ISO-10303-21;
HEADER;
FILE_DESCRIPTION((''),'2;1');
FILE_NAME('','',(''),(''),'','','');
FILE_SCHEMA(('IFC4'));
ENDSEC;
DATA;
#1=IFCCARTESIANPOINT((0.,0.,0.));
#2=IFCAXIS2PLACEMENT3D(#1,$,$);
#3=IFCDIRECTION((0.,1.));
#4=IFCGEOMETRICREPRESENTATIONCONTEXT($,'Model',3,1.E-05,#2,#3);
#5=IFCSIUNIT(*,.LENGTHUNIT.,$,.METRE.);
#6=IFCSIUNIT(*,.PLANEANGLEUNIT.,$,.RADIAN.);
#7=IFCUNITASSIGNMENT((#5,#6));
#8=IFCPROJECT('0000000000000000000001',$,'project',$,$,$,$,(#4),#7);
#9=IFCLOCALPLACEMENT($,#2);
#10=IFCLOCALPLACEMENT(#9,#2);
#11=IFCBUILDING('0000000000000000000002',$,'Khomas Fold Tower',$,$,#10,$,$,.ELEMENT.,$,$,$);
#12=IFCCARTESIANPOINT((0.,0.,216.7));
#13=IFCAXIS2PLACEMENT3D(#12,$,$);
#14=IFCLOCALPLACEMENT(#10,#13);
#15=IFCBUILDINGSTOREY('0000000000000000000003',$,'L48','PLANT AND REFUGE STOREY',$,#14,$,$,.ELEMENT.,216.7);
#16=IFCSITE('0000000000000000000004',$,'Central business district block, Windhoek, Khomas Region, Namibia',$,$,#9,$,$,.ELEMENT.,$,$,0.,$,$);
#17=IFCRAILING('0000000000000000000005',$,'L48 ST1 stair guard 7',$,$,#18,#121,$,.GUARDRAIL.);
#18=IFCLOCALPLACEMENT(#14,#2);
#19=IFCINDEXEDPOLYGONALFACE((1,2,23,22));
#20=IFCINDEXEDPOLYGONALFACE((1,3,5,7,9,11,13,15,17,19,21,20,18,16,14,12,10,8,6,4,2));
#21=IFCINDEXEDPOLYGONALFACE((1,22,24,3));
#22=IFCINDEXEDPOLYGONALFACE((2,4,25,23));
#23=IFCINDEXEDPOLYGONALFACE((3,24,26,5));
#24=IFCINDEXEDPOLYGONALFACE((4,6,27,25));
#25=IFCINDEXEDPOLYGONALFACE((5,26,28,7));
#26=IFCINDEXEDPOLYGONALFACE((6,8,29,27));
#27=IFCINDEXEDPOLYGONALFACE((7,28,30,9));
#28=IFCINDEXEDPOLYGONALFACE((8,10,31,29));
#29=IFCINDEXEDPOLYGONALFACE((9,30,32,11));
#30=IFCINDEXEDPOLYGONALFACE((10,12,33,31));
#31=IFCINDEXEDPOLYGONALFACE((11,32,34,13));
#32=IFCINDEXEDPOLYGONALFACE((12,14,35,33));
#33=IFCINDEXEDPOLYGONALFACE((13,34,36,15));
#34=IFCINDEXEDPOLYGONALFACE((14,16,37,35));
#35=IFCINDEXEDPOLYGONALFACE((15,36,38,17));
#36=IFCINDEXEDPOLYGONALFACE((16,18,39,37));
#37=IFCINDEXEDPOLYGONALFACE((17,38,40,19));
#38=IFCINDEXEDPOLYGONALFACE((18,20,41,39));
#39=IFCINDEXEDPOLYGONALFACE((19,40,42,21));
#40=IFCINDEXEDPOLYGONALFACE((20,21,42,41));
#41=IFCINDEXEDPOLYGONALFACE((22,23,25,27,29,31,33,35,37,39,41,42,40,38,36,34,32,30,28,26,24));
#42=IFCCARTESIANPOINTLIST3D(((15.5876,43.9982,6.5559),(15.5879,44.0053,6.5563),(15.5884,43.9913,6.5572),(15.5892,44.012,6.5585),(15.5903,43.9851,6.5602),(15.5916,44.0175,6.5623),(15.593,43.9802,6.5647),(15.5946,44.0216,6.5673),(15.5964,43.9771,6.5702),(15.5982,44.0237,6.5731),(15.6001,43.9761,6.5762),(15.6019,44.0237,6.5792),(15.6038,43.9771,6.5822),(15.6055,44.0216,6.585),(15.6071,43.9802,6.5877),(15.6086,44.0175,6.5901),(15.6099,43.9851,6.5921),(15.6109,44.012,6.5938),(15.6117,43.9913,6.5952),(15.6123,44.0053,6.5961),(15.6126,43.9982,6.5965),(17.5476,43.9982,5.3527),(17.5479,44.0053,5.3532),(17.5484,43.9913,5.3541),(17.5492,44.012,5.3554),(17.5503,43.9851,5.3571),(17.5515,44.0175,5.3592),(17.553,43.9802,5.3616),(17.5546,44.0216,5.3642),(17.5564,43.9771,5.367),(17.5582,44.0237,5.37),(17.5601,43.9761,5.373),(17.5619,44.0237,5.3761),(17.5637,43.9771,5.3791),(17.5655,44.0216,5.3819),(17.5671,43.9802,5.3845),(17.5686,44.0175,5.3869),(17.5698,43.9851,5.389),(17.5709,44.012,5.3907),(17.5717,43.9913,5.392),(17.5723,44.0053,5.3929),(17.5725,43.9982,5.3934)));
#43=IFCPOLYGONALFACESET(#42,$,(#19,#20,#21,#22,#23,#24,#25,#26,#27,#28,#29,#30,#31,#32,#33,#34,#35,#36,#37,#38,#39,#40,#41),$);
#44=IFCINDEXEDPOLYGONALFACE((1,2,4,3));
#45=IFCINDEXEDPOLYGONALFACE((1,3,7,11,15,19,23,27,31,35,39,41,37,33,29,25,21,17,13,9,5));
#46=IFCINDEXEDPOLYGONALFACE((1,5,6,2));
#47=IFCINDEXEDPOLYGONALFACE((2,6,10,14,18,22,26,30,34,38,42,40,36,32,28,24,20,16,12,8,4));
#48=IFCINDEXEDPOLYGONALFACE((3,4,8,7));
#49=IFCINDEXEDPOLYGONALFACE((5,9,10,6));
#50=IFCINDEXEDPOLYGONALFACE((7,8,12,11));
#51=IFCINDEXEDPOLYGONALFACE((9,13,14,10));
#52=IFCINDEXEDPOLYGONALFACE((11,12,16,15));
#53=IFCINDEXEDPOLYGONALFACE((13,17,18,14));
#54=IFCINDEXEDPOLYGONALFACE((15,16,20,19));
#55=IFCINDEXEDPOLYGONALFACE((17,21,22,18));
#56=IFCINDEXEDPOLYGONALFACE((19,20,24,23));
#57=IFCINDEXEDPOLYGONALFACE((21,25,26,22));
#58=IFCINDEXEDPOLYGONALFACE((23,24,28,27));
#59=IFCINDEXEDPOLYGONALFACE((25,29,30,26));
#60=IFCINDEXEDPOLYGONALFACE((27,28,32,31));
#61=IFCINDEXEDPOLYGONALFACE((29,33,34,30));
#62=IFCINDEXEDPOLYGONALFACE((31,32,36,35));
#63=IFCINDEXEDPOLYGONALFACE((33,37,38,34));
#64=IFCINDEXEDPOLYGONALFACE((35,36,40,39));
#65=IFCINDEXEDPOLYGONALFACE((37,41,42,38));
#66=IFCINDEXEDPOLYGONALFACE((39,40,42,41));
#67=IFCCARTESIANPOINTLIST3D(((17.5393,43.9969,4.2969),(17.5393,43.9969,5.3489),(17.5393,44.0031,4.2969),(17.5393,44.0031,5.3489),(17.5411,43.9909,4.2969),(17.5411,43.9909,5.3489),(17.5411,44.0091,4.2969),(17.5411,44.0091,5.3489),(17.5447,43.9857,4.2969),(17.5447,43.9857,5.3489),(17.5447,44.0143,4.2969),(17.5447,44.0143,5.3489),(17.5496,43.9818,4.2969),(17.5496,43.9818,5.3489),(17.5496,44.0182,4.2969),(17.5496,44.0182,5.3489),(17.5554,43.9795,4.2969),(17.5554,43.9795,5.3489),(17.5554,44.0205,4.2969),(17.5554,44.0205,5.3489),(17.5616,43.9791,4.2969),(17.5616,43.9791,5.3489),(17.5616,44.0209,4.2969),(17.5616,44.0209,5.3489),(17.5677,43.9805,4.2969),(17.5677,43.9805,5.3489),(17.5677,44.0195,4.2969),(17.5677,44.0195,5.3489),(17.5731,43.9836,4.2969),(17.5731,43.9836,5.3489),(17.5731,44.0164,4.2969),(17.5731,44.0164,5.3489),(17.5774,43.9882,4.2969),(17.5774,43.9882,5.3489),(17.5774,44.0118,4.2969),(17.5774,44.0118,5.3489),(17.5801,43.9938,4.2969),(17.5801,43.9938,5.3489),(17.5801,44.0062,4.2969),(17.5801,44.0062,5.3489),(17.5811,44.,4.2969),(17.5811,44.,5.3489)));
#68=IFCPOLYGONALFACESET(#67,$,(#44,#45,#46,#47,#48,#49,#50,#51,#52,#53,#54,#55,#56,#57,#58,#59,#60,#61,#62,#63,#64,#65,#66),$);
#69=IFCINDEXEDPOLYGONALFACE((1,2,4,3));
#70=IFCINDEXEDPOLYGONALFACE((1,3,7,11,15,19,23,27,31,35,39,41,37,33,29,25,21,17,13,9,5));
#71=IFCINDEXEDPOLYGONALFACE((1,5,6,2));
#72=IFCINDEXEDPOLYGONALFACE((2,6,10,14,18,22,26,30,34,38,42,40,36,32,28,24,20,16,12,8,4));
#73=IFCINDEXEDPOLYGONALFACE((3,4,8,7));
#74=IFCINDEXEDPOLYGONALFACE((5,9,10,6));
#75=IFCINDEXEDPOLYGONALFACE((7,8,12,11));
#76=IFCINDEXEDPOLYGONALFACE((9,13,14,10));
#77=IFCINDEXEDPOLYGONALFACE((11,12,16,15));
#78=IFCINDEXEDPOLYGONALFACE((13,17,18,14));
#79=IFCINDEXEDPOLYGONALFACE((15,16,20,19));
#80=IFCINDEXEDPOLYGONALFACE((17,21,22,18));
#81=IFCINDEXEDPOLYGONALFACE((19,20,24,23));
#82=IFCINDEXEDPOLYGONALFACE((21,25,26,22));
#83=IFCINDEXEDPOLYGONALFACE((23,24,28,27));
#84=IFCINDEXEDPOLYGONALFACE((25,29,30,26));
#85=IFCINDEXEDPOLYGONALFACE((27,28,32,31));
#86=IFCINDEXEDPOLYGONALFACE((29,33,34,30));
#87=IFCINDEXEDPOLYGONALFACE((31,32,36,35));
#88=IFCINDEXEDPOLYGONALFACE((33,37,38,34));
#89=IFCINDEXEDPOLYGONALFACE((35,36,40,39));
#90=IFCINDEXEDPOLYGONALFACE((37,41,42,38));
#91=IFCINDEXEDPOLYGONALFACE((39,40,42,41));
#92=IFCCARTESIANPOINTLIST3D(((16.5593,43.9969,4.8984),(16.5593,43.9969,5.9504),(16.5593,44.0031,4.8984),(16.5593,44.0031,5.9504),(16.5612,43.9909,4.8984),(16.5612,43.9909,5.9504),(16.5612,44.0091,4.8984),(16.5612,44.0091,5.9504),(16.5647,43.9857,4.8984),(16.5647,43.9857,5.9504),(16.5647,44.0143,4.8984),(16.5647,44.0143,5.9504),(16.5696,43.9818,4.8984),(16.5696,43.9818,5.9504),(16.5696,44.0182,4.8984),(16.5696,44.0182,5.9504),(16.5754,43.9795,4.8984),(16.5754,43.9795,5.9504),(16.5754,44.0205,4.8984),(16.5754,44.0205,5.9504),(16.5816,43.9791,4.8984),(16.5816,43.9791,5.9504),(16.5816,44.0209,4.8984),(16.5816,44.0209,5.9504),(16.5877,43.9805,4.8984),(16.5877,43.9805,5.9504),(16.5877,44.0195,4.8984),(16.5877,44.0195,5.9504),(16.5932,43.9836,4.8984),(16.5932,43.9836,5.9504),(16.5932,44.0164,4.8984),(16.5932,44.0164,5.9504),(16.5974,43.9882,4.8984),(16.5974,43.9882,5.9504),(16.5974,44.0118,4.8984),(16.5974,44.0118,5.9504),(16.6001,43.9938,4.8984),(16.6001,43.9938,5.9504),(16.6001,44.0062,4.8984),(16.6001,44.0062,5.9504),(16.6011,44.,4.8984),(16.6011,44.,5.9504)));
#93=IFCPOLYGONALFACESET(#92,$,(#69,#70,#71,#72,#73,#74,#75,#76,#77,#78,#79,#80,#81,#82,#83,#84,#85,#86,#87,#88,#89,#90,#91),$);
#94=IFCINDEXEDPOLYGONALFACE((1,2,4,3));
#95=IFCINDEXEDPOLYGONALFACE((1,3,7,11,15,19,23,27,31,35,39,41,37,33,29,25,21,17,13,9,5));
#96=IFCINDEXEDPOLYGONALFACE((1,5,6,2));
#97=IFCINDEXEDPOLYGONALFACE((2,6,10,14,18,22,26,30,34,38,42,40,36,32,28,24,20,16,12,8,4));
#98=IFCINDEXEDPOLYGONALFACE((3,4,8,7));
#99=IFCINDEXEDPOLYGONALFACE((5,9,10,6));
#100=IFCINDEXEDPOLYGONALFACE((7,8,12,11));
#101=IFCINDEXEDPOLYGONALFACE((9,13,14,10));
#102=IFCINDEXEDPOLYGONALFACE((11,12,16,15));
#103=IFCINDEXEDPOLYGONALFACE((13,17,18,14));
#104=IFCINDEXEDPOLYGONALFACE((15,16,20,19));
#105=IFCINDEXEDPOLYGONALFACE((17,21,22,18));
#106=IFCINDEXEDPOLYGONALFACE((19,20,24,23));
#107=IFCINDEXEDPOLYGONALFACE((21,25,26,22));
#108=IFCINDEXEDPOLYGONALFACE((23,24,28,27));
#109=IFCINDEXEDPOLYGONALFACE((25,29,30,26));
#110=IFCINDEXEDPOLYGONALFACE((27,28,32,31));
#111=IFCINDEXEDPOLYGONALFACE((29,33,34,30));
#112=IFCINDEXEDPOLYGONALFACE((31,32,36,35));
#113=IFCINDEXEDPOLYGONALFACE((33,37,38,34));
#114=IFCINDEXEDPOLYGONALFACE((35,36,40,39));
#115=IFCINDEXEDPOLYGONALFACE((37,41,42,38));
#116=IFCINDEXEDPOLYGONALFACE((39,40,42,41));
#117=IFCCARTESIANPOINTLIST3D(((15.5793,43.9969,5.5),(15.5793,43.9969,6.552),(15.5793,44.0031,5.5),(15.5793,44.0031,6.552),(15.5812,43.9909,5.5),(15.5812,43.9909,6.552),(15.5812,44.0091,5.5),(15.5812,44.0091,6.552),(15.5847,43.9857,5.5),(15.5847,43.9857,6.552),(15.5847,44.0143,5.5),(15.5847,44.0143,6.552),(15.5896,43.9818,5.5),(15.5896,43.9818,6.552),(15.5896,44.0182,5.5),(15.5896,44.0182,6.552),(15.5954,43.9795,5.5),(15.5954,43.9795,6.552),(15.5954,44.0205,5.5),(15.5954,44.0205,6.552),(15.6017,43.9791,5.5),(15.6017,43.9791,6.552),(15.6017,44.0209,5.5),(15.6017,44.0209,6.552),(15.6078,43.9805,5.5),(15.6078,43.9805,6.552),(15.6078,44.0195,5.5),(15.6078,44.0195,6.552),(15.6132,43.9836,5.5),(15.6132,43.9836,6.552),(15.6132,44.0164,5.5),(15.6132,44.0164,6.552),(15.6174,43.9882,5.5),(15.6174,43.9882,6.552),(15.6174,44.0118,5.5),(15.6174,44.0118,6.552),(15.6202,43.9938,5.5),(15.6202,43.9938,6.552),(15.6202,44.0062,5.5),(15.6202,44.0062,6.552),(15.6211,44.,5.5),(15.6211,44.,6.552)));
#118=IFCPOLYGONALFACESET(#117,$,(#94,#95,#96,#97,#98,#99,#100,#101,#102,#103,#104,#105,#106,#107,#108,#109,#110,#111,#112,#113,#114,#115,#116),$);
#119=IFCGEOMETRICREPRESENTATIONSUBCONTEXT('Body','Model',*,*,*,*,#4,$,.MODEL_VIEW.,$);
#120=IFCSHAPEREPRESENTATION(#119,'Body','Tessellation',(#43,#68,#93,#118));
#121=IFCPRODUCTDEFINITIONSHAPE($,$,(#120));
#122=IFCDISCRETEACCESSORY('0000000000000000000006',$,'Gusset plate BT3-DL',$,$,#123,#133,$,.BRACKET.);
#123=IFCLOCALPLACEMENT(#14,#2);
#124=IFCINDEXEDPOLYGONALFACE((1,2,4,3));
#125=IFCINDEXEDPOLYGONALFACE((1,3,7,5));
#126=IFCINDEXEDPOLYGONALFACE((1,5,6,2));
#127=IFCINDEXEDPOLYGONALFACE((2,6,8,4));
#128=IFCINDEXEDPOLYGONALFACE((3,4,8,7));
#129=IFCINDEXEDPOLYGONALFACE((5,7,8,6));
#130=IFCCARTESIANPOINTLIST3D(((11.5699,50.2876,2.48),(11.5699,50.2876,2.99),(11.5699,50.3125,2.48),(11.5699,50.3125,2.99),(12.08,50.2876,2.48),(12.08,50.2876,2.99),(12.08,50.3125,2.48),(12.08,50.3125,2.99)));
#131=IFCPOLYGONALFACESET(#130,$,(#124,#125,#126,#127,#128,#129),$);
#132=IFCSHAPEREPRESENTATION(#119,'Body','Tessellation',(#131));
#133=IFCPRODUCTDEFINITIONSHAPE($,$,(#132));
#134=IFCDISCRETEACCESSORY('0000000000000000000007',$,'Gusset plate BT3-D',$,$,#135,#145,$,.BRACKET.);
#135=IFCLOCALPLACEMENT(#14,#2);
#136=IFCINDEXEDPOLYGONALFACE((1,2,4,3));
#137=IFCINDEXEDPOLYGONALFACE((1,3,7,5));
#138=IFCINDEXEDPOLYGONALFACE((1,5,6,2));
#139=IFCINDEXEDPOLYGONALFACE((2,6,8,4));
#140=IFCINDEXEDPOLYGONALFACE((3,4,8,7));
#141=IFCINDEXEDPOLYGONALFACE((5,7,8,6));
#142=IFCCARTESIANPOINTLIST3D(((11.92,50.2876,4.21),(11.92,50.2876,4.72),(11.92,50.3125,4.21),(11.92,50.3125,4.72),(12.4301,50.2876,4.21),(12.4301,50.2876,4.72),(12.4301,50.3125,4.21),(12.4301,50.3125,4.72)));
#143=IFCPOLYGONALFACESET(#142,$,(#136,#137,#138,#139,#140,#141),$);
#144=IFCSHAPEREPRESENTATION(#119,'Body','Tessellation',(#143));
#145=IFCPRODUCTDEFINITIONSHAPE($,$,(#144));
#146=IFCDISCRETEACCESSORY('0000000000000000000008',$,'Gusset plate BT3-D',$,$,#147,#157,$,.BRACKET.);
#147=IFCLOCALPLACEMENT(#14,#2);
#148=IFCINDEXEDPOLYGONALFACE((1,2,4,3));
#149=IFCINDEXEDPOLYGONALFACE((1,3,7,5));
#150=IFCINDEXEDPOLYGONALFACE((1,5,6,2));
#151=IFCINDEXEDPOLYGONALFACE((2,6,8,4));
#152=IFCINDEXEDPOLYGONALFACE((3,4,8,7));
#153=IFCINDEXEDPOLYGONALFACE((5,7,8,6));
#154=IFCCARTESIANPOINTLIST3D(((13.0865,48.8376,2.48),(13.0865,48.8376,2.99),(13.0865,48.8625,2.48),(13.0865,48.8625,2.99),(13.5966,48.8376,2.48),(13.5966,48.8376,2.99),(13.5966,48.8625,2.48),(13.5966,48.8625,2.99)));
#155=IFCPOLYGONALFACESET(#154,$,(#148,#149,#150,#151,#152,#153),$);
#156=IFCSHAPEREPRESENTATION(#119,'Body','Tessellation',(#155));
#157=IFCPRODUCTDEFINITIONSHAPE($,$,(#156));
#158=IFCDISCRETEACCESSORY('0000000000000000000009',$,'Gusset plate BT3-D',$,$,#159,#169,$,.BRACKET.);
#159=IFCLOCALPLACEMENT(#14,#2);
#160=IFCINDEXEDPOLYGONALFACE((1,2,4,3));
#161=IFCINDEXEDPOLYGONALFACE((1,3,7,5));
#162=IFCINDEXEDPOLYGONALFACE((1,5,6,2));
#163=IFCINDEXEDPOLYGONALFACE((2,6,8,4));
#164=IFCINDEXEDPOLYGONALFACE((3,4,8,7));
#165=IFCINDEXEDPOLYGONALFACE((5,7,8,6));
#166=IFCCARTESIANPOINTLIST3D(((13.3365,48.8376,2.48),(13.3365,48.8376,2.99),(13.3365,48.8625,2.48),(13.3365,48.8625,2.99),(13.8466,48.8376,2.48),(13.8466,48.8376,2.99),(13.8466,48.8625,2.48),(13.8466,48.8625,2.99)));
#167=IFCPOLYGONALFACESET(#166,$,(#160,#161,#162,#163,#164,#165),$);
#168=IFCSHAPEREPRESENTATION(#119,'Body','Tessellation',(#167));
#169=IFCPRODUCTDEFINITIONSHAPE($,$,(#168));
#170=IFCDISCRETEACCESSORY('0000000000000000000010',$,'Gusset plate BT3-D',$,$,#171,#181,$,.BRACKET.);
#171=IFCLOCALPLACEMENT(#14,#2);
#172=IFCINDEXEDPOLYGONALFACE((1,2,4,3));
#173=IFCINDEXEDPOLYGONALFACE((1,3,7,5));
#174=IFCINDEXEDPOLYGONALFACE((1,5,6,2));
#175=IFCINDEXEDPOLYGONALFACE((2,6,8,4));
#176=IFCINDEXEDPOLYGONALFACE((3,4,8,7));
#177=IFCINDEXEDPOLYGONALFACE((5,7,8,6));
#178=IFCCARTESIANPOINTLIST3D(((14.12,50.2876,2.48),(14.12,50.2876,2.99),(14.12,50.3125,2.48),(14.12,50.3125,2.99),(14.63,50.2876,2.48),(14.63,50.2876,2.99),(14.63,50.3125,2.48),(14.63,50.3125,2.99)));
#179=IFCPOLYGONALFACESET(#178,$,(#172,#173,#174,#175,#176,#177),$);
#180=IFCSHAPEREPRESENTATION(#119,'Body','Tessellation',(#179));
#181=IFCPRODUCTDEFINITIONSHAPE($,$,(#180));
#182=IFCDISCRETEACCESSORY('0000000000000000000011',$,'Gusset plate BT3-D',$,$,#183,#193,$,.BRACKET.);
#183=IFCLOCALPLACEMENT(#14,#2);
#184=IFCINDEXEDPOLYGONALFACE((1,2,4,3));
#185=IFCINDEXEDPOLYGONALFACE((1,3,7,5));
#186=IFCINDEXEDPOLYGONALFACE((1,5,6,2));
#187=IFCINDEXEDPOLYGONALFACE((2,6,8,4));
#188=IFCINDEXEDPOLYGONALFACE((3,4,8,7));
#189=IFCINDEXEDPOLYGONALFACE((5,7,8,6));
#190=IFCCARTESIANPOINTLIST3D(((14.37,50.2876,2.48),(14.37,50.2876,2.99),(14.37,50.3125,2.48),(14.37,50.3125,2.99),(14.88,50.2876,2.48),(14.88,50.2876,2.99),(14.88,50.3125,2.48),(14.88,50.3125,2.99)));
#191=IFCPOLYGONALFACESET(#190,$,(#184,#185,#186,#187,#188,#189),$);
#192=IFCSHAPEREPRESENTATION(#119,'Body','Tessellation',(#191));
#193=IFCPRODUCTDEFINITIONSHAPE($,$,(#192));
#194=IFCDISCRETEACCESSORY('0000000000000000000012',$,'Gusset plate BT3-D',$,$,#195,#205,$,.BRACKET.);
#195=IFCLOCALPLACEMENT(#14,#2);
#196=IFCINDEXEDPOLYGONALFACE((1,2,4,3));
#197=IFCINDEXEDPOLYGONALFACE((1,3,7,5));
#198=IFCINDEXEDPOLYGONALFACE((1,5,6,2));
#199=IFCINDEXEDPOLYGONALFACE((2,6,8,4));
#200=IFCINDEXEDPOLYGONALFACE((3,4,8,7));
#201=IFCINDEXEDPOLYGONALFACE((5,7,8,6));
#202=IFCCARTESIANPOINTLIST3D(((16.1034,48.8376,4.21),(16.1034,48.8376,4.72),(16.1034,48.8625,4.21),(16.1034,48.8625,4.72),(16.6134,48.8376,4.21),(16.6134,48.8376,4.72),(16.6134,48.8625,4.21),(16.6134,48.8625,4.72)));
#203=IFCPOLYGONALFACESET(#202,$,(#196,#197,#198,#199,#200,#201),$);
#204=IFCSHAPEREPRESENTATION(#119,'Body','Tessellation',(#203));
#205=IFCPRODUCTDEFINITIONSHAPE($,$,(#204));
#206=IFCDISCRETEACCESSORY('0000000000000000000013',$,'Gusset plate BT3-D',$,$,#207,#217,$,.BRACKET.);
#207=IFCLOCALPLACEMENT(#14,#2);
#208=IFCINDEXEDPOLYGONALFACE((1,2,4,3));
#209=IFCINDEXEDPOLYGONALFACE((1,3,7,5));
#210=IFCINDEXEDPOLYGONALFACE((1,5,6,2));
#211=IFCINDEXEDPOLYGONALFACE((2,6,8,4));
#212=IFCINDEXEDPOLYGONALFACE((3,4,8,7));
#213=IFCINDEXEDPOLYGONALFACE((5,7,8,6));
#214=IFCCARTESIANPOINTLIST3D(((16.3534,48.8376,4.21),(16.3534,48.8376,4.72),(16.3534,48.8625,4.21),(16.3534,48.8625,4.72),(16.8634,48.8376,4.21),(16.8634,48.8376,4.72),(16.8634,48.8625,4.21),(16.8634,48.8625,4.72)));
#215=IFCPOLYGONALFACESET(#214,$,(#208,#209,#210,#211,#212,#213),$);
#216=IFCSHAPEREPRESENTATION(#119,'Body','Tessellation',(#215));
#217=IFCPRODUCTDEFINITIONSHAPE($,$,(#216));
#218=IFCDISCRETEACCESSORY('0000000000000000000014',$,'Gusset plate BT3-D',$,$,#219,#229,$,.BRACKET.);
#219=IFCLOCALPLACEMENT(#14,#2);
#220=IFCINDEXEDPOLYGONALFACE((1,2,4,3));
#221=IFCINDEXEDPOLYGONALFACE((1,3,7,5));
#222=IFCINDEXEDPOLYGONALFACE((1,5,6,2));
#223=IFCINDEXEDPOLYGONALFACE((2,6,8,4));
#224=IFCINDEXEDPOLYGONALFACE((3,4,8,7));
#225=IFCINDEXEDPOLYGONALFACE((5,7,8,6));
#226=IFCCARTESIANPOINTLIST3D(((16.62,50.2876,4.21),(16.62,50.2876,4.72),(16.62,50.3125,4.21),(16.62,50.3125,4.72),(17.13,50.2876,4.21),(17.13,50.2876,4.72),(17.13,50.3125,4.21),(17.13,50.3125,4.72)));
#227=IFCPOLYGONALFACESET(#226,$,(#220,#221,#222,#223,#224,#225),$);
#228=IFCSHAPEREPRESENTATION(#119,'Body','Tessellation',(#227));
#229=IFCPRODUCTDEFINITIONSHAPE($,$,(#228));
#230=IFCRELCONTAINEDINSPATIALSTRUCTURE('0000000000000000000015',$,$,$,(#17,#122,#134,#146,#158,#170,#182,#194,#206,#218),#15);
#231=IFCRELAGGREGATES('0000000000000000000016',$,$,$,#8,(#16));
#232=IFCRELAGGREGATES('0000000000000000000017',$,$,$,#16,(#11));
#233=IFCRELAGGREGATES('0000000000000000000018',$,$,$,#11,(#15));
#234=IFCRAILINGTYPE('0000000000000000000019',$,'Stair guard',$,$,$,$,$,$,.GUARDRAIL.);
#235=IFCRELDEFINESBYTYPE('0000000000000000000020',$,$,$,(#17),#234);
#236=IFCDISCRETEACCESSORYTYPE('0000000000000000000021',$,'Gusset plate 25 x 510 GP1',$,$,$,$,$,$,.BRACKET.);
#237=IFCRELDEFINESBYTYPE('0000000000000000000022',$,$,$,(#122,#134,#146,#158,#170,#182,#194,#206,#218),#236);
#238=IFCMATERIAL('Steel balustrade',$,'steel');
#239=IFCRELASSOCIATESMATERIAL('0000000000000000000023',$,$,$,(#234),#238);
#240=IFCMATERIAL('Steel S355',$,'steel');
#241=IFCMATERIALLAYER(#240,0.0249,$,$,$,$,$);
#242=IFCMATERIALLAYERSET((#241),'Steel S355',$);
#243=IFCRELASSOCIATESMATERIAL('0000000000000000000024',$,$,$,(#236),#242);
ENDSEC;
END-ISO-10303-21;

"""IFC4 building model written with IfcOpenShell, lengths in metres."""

from ifc_helpers import new_model, si_unit, direction, frame, origin, origin_2d, place, context, subcontext, project, spatial, rectangle, circle, extrude, source, transform, mapped, material, layer, layer_set, type_object, element, save


model = new_model("IFC4")

# Units and contexts
model_context = context("Model", 3, precision=1e-05, world=origin(), true_north=direction((0.0, 1.0)))
body_context = subcontext(model_context, "Body", "Model", "MODEL_VIEW")
ifc_project = project(units=[si_unit("LENGTHUNIT", "METRE"), si_unit("PLANEANGLEUNIT", "RADIAN")], contexts=[model_context])

# Site, building, storey
site_placement = place(None, origin())
site = spatial("IfcSite", under=ifc_project, at=site_placement, Name="Central business district block, Windhoek, Khomas Region, Namibia", CompositionType="ELEMENT", RefElevation=0.0)
building_placement = place(site_placement, origin())
building = spatial("IfcBuilding", under=site, at=building_placement, Name="Khomas Fold Tower", CompositionType="ELEMENT")
storey_placement = place(building_placement, frame((0.0, 0.0, 216.7)))
storey = spatial("IfcBuildingStorey", under=building, at=storey_placement, Name="L48", Description="PLANT AND REFUGE STOREY", CompositionType="ELEMENT", Elevation=216.7)

# Railing
ifc_material_1 = material(Name="Steel balustrade", Category="steel")
railing_type = type_object("IfcRailingType", Name="Stair guard", PredefinedType="GUARDRAIL", material=ifc_material_1)
shared_shape_1 = source(origin(), body_context, "Body", "SweptSolid", [
    extrude(circle(Radius=0.0239, at=origin_2d()), frame((0.0, 0.0, 1.0762), z_axis=(-0.852241, 0.0, 0.523149), x_axis=(0.0, -1.0, 0.0)), (0.0, 0.0, 1.0), 2.2998),
    extrude(circle(Radius=0.021, at=origin_2d()), origin(), (0.0, 0.0, 1.0), 1.052),
    extrude(circle(Radius=0.021, at=origin_2d()), frame((-0.98, 0.0, 0.6016)), (0.0, 0.0, 1.0), 1.052),
    extrude(circle(Radius=0.021, at=origin_2d()), frame((-1.96, 0.0, 1.2031)), (0.0, 0.0, 1.0), 1.052),
])
for number, where, name in (
    (1, (17.5601, 44.0, 4.2969), "L48 ST1 stair guard 7"),
):
    element("IfcRailing", number, at=place(storey_placement, frame(where)), inside=storey, type_object=railing_type, Name=name, PredefinedType="GUARDRAIL", context=body_context, shape_type="MappedRepresentation", body=[
        mapped(shared_shape_1, transform((0.0, 0.0, 0.0))),
    ])

# Discrete accessories
ifc_material_2 = material(Name="Steel S355", Category="steel")
ifc_layer_1 = layer(ifc_material_2, 0.0249)
ifc_layer_set_1 = layer_set([ifc_layer_1], Name="Steel S355")
discrete_accessory_type = type_object("IfcDiscreteAccessoryType", Name="Gusset plate 25 x 510 GP1", PredefinedType="BRACKET", material=ifc_layer_set_1)
shared_shape_2 = source(origin(), body_context, "Body", "SweptSolid", [
    extrude(rectangle(XDim=0.51, YDim=0.0249, at=origin_2d()), origin(), (0.0, 0.0, 1.0), 0.51),
])
for number, where, z_axis, x_axis, name in (
    (2, (11.825, 50.3, 2.48), (0.0, 0.0, 1.0), (1.0, 0.0, 0.0), "Gusset plate BT3-DL"),
    (3, (12.175, 50.3, 4.21), (0.0, 0.0, 1.0), (1.0, 0.0, 0.0), "Gusset plate BT3-D"),
    (4, (13.3416, 48.8501, 2.48), (0.0, 0.0, 1.0), (1.0, 0.0, 0.0), "Gusset plate BT3-D"),
    (5, (13.5916, 48.8501, 2.48), (0.0, 0.0, 1.0), (1.0, 0.0, 0.0), "Gusset plate BT3-D"),
    (6, (14.375, 50.3, 2.48), (0.0, 0.0, 1.0), (1.0, 0.0, 0.0), "Gusset plate BT3-D"),
    (7, (14.625, 50.3, 2.48), (0.0, 0.0, 1.0), (1.0, 0.0, 0.0), "Gusset plate BT3-D"),
    (8, (16.3584, 48.8501, 4.21), (0.0, 0.0, 1.0), (1.0, 0.0, 0.0), "Gusset plate BT3-D"),
    (9, (16.6084, 48.8501, 4.21), (0.0, 0.0, 1.0), (1.0, 0.0, 0.0), "Gusset plate BT3-D"),
    (10, (16.875, 50.3, 4.21), (0.0, 0.0, 1.0), (1.0, 0.0, 0.0), "Gusset plate BT3-D"),
):
    element("IfcDiscreteAccessory", number, at=place(storey_placement, frame(where, z_axis=z_axis, x_axis=x_axis)), inside=storey, type_object=discrete_accessory_type, Name=name, PredefinedType="BRACKET", context=body_context, shape_type="MappedRepresentation", body=[
        mapped(shared_shape_2, transform((0.0, 0.0, 0.0))),
    ])

save(model, "model.ifc")
